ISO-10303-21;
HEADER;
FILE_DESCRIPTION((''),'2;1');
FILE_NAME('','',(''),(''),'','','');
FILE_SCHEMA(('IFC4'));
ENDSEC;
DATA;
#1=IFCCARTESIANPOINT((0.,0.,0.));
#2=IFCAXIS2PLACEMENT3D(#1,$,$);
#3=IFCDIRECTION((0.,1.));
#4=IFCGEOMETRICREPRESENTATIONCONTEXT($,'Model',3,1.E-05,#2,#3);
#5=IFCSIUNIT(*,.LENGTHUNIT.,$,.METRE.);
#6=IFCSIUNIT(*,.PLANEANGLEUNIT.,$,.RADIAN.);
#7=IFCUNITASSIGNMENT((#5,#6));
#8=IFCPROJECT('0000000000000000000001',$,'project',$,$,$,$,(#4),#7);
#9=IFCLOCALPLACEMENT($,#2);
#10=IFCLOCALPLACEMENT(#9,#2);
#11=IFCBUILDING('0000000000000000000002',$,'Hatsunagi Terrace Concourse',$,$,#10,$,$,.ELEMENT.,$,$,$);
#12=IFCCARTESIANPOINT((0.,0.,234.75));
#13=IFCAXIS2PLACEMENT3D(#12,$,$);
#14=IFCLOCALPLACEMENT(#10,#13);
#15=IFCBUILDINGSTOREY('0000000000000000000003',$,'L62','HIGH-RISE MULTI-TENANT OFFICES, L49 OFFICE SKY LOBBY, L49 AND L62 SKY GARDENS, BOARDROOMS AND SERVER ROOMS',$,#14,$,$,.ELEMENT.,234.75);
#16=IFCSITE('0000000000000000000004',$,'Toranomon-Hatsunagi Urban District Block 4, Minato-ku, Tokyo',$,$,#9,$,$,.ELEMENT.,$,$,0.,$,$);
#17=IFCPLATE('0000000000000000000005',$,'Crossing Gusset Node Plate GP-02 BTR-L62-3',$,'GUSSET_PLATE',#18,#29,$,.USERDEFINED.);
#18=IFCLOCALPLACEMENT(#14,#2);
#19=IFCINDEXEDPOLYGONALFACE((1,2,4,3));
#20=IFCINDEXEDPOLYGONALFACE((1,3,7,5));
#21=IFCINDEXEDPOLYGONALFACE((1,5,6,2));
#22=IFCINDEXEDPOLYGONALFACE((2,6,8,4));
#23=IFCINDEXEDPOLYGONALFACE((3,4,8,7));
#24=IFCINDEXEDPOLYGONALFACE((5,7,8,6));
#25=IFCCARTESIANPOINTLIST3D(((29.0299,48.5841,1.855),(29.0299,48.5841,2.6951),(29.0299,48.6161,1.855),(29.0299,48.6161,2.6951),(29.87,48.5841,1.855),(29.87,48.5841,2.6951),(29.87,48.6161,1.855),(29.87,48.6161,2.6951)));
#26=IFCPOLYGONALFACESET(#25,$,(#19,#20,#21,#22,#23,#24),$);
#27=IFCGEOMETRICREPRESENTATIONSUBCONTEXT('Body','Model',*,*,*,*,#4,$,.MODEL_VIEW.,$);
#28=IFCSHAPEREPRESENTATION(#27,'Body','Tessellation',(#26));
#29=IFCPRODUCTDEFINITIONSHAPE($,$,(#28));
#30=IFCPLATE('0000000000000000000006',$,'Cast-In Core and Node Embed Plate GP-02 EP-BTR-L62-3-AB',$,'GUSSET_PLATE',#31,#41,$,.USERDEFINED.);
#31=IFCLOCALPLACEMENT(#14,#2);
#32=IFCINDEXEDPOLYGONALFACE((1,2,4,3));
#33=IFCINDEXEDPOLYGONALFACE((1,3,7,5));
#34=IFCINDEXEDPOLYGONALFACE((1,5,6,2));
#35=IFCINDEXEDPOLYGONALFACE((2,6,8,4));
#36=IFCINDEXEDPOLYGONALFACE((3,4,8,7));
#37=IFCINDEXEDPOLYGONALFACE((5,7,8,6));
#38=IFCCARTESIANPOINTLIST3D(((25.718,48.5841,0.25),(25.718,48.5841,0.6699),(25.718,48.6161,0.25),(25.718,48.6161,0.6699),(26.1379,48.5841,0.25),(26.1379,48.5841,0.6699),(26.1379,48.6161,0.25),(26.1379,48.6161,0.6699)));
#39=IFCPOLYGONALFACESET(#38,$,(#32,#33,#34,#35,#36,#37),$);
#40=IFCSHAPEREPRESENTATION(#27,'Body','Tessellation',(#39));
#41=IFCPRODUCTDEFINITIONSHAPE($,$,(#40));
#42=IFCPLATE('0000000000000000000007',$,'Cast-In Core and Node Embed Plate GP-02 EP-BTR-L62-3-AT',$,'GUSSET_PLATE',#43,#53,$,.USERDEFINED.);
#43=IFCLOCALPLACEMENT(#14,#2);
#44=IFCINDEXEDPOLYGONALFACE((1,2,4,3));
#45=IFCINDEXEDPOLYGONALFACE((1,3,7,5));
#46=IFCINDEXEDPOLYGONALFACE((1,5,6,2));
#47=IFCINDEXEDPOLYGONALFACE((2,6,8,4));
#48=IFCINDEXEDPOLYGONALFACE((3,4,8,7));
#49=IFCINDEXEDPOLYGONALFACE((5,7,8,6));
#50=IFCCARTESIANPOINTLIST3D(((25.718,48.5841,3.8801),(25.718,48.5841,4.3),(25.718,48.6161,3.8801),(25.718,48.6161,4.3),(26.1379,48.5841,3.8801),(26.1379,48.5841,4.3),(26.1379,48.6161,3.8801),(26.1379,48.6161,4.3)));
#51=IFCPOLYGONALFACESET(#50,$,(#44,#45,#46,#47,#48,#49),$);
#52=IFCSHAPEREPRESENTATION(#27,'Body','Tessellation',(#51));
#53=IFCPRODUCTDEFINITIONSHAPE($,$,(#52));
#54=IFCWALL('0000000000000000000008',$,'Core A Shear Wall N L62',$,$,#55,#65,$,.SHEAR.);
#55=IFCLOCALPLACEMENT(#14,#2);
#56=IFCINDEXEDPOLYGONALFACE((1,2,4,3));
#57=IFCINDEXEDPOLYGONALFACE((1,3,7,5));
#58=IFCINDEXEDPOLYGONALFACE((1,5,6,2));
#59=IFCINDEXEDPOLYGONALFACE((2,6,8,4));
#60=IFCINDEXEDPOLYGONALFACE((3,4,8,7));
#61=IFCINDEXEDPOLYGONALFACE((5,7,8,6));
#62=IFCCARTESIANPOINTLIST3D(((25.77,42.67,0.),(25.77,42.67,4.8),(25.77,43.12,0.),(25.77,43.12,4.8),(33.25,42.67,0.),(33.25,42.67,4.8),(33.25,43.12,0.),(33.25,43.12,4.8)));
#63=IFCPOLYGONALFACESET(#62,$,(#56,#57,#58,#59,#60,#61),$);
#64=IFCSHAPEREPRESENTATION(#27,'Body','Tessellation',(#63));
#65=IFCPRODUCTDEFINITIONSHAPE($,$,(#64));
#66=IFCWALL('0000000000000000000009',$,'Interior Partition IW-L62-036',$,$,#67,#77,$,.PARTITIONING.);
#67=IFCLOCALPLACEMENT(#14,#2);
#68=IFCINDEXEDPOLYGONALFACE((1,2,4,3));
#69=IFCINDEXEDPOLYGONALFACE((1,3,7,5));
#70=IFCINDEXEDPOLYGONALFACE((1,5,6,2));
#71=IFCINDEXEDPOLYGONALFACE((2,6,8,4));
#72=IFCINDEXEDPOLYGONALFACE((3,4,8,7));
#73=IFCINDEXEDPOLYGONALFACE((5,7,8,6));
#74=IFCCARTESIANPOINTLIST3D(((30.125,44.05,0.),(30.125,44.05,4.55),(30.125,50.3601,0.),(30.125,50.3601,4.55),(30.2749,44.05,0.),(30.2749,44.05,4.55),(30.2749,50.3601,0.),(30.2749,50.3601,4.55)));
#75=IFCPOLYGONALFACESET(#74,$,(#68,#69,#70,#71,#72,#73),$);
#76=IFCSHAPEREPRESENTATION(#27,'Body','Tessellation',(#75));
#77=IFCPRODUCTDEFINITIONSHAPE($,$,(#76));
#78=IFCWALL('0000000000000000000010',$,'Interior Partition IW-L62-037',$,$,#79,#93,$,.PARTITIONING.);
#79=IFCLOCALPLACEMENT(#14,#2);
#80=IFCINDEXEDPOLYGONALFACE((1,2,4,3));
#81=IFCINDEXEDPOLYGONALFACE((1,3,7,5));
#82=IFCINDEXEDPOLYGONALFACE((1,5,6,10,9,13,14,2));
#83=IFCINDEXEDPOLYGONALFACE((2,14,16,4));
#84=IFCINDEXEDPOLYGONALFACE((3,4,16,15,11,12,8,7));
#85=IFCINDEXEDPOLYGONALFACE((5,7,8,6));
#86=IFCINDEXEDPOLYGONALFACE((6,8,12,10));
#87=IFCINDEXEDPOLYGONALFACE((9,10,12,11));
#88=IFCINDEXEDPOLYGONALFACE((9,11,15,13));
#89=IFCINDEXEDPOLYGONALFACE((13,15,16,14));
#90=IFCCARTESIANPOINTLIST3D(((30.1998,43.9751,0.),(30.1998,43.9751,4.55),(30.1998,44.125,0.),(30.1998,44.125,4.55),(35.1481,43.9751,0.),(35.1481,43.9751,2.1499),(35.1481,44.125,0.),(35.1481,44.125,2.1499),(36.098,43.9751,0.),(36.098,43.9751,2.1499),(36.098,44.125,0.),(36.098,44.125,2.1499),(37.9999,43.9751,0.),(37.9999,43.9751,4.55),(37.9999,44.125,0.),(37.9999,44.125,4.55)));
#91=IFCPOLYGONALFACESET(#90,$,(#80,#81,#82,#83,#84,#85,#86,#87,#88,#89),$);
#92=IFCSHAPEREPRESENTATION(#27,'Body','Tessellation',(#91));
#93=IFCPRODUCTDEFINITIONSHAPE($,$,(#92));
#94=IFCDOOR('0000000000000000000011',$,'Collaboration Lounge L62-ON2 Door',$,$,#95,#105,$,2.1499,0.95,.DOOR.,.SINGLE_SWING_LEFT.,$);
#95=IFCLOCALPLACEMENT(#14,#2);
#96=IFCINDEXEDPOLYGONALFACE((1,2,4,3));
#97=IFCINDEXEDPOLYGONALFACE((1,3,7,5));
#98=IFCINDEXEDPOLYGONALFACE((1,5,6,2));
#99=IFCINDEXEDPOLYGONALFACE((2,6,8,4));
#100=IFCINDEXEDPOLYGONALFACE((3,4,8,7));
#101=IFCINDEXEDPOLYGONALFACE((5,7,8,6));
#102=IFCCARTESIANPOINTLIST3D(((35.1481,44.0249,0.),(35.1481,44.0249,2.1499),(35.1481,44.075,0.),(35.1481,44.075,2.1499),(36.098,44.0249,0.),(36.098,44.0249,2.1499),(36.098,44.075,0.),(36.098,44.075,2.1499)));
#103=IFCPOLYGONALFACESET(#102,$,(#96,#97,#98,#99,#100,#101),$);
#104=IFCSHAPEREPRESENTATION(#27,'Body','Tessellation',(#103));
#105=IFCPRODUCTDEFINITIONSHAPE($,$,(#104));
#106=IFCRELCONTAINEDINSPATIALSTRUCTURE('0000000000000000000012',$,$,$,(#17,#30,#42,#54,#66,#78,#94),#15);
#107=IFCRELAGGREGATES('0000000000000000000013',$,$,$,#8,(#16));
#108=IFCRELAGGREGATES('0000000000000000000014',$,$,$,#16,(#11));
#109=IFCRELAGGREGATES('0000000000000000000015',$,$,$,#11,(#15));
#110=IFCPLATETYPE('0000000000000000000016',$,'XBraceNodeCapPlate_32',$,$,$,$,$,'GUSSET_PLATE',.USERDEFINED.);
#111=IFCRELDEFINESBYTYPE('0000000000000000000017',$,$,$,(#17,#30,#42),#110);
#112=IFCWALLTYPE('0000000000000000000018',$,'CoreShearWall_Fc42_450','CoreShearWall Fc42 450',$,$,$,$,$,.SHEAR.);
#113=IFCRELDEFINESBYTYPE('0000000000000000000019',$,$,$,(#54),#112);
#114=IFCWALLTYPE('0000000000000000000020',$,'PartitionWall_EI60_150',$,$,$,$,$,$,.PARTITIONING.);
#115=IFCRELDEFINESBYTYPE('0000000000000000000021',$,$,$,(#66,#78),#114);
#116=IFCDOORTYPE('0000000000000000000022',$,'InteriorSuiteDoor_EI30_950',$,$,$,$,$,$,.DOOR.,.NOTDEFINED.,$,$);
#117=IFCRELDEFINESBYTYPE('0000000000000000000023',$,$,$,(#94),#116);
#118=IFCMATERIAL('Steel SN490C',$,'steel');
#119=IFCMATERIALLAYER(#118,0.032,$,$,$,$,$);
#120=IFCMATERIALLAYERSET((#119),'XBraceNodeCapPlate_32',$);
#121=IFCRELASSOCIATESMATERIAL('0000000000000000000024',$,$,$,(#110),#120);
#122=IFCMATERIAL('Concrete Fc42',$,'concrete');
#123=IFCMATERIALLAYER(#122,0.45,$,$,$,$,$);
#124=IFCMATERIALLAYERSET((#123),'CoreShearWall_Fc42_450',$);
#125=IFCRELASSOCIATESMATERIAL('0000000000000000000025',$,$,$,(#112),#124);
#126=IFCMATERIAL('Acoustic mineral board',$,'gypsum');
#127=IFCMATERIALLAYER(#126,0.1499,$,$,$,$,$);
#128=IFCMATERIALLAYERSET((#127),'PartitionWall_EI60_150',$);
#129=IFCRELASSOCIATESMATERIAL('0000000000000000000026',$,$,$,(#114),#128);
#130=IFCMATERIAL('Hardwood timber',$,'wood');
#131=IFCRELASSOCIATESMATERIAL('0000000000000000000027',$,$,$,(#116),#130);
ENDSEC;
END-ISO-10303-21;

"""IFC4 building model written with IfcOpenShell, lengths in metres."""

from ifc_helpers import new_model, si_unit, direction, frame, frame_2d, origin, origin_2d, place, context, subcontext, project, spatial, rectangle, extrude, material, layer, layer_set, type_object, element, fill, save


model = new_model("IFC4")

# Units and contexts
model_context = context("Model", 3, precision=1e-05, world=origin(), true_north=direction((0.0, 1.0)))
body_context = subcontext(model_context, "Body", "Model", "MODEL_VIEW")
ifc_project = project(units=[si_unit("LENGTHUNIT", "METRE"), si_unit("PLANEANGLEUNIT", "RADIAN")], contexts=[model_context])

# Site, building, storey
site_placement = place(None, origin())
site = spatial("IfcSite", under=ifc_project, at=site_placement, Name="Toranomon-Hatsunagi Urban District Block 4, Minato-ku, Tokyo", CompositionType="ELEMENT", RefElevation=0.0)
building_placement = place(site_placement, origin())
building = spatial("IfcBuilding", under=site, at=building_placement, Name="Hatsunagi Terrace Concourse", CompositionType="ELEMENT")
storey_placement = place(building_placement, frame((0.0, 0.0, 234.75)))
storey = spatial("IfcBuildingStorey", under=building, at=storey_placement, Name="L62", Description="HIGH-RISE MULTI-TENANT OFFICES, L49 OFFICE SKY LOBBY, L49 AND L62 SKY GARDENS, BOARDROOMS AND SERVER ROOMS", CompositionType="ELEMENT", Elevation=234.75)

# Plates
ifc_material_1 = material(Name="Steel SN490C", Category="steel")
ifc_layer_1 = layer(ifc_material_1, 0.032)
ifc_layer_set_1 = layer_set([ifc_layer_1], Name="XBraceNodeCapPlate_32")
plate_type = type_object("IfcPlateType", Name="XBraceNodeCapPlate_32", ElementType="GUSSET_PLATE", PredefinedType="USERDEFINED", material=ifc_layer_set_1)
plate_placement = place(storey_placement, frame((29.45, 48.6001, 1.855), z_axis=(0.0, 0.0, 1.0), x_axis=(1.0, 0.0, 0.0)))
element("IfcPlate", 1, at=plate_placement, inside=storey, type_object=plate_type, Name="Crossing Gusset Node Plate GP-02 BTR-L62-3", ObjectType="GUSSET_PLATE", PredefinedType="USERDEFINED", context=body_context, shape_type="SweptSolid", body=[
    extrude(rectangle(XDim=0.8401, YDim=0.032, at=origin_2d()), origin(), (0.0, 0.0, 1.0), 0.8401),
])
for number, where, z_axis, x_axis, name in (
    (2, (25.928, 48.6001, 0.25), (0.0, 0.0, 1.0), (1.0, 0.0, 0.0), "Cast-In Core and Node Embed Plate GP-02 EP-BTR-L62-3-AB"),
    (3, (25.928, 48.6001, 3.8801), (0.0, 0.0, 1.0), (1.0, 0.0, 0.0), "Cast-In Core and Node Embed Plate GP-02 EP-BTR-L62-3-AT"),
):
    element("IfcPlate", number, at=place(storey_placement, frame(where, z_axis=z_axis, x_axis=x_axis)), inside=storey, type_object=plate_type, Name=name, ObjectType="GUSSET_PLATE", PredefinedType="USERDEFINED", context=body_context, shape_type="SweptSolid", body=[
        extrude(rectangle(XDim=0.4199, YDim=0.032, at=origin_2d()), origin(), (0.0, 0.0, 1.0), 0.4199),
    ])

# Walls
ifc_material_2 = material(Name="Concrete Fc42", Category="concrete")
ifc_layer_2 = layer(ifc_material_2, 0.45)
ifc_layer_set_2 = layer_set([ifc_layer_2], Name="CoreShearWall_Fc42_450")
wall_type_1 = type_object("IfcWallType", Name="CoreShearWall_Fc42_450", Description="CoreShearWall Fc42 450", PredefinedType="SHEAR", material=ifc_layer_set_2)
wall_1_placement = place(storey_placement, frame((25.77, 42.895, 0.0), z_axis=(0.0, 0.0, 1.0), x_axis=(1.0, 0.0, 0.0)))
element("IfcWall", 4, at=wall_1_placement, inside=storey, type_object=wall_type_1, Name="Core A Shear Wall N L62", PredefinedType="SHEAR", context=body_context, shape_type="SweptSolid", body=[
    extrude(rectangle(XDim=7.48, YDim=0.45, at=frame_2d((3.74, 0.0))), origin(), (0.0, 0.0, 1.0), 4.8),
])
ifc_material_3 = material(Name="Acoustic mineral board", Category="gypsum")
ifc_layer_3 = layer(ifc_material_3, 0.1499)
ifc_layer_set_3 = layer_set([ifc_layer_3], Name="PartitionWall_EI60_150")
wall_type_2 = type_object("IfcWallType", Name="PartitionWall_EI60_150", PredefinedType="PARTITIONING", material=ifc_layer_set_3)
wall_2_placement = place(storey_placement, frame((30.2, 44.05, 0.0), z_axis=(0.0, 0.0, 1.0), x_axis=(0.0, 1.0, 0.0)))
element("IfcWall", 5, at=wall_2_placement, inside=storey, type_object=wall_type_2, Name="Interior Partition IW-L62-036", PredefinedType="PARTITIONING", context=body_context, shape_type="SweptSolid", body=[
    extrude(rectangle(XDim=6.3101, YDim=0.1499, at=frame_2d((3.155, 0.0))), origin(), (0.0, 0.0, 1.0), 4.55),
])

# Wall, opening, door
wall_3_placement = place(storey_placement, frame((30.2, 44.05, 0.0), z_axis=(0.0, 0.0, 1.0), x_axis=(1.0, 0.0, 0.0)))
wall_3 = element("IfcWall", 6, at=wall_3_placement, inside=storey, type_object=wall_type_2, Name="Interior Partition IW-L62-037", PredefinedType="PARTITIONING", context=body_context, shape_type="SweptSolid", body=[
    extrude(rectangle(XDim=7.8, YDim=0.1499, at=frame_2d((3.8999, 0.0))), origin(), (0.0, 0.0, 1.0), 4.55),
])
opening_placement = place(wall_3_placement, frame((4.948, 0.0, 0.0)))
opening = element("IfcOpeningElement", 7, at=opening_placement, cuts=wall_3, PredefinedType="OPENING", context=body_context, shape_type="SweptSolid", body=[
    extrude(rectangle(XDim=0.95, YDim=2.1499, at=frame_2d((0.4751, 1.075))), frame((0.0, 0.085, 0.0), z_axis=(0.0, -1.0, 0.0), x_axis=(1.0, 0.0, 0.0)), (0.0, 0.0, 1.0), 0.1699),
])
ifc_material_4 = material(Name="Hardwood timber", Category="wood")
door_type = type_object("IfcDoorType", Name="InteriorSuiteDoor_EI30_950", OperationType="NOTDEFINED", PredefinedType="DOOR", material=ifc_material_4)
door_placement = place(opening_placement, origin())
door = element("IfcDoor", 8, at=door_placement, inside=storey, type_object=door_type, Name="Collaboration Lounge L62-ON2 Door", OperationType="SINGLE_SWING_LEFT", OverallHeight=2.1499, OverallWidth=0.95, PredefinedType="DOOR", context=body_context, shape_type="SweptSolid", body=[
    extrude(rectangle(XDim=0.95, YDim=2.1499, at=frame_2d((0.4751, 1.075))), frame((0.0, 0.0249, 0.0), z_axis=(0.0, -1.0, 0.0), x_axis=(1.0, 0.0, 0.0)), (0.0, 0.0, 1.0), 0.05),
])
fill(opening, door)

save(model, "model.ifc")
